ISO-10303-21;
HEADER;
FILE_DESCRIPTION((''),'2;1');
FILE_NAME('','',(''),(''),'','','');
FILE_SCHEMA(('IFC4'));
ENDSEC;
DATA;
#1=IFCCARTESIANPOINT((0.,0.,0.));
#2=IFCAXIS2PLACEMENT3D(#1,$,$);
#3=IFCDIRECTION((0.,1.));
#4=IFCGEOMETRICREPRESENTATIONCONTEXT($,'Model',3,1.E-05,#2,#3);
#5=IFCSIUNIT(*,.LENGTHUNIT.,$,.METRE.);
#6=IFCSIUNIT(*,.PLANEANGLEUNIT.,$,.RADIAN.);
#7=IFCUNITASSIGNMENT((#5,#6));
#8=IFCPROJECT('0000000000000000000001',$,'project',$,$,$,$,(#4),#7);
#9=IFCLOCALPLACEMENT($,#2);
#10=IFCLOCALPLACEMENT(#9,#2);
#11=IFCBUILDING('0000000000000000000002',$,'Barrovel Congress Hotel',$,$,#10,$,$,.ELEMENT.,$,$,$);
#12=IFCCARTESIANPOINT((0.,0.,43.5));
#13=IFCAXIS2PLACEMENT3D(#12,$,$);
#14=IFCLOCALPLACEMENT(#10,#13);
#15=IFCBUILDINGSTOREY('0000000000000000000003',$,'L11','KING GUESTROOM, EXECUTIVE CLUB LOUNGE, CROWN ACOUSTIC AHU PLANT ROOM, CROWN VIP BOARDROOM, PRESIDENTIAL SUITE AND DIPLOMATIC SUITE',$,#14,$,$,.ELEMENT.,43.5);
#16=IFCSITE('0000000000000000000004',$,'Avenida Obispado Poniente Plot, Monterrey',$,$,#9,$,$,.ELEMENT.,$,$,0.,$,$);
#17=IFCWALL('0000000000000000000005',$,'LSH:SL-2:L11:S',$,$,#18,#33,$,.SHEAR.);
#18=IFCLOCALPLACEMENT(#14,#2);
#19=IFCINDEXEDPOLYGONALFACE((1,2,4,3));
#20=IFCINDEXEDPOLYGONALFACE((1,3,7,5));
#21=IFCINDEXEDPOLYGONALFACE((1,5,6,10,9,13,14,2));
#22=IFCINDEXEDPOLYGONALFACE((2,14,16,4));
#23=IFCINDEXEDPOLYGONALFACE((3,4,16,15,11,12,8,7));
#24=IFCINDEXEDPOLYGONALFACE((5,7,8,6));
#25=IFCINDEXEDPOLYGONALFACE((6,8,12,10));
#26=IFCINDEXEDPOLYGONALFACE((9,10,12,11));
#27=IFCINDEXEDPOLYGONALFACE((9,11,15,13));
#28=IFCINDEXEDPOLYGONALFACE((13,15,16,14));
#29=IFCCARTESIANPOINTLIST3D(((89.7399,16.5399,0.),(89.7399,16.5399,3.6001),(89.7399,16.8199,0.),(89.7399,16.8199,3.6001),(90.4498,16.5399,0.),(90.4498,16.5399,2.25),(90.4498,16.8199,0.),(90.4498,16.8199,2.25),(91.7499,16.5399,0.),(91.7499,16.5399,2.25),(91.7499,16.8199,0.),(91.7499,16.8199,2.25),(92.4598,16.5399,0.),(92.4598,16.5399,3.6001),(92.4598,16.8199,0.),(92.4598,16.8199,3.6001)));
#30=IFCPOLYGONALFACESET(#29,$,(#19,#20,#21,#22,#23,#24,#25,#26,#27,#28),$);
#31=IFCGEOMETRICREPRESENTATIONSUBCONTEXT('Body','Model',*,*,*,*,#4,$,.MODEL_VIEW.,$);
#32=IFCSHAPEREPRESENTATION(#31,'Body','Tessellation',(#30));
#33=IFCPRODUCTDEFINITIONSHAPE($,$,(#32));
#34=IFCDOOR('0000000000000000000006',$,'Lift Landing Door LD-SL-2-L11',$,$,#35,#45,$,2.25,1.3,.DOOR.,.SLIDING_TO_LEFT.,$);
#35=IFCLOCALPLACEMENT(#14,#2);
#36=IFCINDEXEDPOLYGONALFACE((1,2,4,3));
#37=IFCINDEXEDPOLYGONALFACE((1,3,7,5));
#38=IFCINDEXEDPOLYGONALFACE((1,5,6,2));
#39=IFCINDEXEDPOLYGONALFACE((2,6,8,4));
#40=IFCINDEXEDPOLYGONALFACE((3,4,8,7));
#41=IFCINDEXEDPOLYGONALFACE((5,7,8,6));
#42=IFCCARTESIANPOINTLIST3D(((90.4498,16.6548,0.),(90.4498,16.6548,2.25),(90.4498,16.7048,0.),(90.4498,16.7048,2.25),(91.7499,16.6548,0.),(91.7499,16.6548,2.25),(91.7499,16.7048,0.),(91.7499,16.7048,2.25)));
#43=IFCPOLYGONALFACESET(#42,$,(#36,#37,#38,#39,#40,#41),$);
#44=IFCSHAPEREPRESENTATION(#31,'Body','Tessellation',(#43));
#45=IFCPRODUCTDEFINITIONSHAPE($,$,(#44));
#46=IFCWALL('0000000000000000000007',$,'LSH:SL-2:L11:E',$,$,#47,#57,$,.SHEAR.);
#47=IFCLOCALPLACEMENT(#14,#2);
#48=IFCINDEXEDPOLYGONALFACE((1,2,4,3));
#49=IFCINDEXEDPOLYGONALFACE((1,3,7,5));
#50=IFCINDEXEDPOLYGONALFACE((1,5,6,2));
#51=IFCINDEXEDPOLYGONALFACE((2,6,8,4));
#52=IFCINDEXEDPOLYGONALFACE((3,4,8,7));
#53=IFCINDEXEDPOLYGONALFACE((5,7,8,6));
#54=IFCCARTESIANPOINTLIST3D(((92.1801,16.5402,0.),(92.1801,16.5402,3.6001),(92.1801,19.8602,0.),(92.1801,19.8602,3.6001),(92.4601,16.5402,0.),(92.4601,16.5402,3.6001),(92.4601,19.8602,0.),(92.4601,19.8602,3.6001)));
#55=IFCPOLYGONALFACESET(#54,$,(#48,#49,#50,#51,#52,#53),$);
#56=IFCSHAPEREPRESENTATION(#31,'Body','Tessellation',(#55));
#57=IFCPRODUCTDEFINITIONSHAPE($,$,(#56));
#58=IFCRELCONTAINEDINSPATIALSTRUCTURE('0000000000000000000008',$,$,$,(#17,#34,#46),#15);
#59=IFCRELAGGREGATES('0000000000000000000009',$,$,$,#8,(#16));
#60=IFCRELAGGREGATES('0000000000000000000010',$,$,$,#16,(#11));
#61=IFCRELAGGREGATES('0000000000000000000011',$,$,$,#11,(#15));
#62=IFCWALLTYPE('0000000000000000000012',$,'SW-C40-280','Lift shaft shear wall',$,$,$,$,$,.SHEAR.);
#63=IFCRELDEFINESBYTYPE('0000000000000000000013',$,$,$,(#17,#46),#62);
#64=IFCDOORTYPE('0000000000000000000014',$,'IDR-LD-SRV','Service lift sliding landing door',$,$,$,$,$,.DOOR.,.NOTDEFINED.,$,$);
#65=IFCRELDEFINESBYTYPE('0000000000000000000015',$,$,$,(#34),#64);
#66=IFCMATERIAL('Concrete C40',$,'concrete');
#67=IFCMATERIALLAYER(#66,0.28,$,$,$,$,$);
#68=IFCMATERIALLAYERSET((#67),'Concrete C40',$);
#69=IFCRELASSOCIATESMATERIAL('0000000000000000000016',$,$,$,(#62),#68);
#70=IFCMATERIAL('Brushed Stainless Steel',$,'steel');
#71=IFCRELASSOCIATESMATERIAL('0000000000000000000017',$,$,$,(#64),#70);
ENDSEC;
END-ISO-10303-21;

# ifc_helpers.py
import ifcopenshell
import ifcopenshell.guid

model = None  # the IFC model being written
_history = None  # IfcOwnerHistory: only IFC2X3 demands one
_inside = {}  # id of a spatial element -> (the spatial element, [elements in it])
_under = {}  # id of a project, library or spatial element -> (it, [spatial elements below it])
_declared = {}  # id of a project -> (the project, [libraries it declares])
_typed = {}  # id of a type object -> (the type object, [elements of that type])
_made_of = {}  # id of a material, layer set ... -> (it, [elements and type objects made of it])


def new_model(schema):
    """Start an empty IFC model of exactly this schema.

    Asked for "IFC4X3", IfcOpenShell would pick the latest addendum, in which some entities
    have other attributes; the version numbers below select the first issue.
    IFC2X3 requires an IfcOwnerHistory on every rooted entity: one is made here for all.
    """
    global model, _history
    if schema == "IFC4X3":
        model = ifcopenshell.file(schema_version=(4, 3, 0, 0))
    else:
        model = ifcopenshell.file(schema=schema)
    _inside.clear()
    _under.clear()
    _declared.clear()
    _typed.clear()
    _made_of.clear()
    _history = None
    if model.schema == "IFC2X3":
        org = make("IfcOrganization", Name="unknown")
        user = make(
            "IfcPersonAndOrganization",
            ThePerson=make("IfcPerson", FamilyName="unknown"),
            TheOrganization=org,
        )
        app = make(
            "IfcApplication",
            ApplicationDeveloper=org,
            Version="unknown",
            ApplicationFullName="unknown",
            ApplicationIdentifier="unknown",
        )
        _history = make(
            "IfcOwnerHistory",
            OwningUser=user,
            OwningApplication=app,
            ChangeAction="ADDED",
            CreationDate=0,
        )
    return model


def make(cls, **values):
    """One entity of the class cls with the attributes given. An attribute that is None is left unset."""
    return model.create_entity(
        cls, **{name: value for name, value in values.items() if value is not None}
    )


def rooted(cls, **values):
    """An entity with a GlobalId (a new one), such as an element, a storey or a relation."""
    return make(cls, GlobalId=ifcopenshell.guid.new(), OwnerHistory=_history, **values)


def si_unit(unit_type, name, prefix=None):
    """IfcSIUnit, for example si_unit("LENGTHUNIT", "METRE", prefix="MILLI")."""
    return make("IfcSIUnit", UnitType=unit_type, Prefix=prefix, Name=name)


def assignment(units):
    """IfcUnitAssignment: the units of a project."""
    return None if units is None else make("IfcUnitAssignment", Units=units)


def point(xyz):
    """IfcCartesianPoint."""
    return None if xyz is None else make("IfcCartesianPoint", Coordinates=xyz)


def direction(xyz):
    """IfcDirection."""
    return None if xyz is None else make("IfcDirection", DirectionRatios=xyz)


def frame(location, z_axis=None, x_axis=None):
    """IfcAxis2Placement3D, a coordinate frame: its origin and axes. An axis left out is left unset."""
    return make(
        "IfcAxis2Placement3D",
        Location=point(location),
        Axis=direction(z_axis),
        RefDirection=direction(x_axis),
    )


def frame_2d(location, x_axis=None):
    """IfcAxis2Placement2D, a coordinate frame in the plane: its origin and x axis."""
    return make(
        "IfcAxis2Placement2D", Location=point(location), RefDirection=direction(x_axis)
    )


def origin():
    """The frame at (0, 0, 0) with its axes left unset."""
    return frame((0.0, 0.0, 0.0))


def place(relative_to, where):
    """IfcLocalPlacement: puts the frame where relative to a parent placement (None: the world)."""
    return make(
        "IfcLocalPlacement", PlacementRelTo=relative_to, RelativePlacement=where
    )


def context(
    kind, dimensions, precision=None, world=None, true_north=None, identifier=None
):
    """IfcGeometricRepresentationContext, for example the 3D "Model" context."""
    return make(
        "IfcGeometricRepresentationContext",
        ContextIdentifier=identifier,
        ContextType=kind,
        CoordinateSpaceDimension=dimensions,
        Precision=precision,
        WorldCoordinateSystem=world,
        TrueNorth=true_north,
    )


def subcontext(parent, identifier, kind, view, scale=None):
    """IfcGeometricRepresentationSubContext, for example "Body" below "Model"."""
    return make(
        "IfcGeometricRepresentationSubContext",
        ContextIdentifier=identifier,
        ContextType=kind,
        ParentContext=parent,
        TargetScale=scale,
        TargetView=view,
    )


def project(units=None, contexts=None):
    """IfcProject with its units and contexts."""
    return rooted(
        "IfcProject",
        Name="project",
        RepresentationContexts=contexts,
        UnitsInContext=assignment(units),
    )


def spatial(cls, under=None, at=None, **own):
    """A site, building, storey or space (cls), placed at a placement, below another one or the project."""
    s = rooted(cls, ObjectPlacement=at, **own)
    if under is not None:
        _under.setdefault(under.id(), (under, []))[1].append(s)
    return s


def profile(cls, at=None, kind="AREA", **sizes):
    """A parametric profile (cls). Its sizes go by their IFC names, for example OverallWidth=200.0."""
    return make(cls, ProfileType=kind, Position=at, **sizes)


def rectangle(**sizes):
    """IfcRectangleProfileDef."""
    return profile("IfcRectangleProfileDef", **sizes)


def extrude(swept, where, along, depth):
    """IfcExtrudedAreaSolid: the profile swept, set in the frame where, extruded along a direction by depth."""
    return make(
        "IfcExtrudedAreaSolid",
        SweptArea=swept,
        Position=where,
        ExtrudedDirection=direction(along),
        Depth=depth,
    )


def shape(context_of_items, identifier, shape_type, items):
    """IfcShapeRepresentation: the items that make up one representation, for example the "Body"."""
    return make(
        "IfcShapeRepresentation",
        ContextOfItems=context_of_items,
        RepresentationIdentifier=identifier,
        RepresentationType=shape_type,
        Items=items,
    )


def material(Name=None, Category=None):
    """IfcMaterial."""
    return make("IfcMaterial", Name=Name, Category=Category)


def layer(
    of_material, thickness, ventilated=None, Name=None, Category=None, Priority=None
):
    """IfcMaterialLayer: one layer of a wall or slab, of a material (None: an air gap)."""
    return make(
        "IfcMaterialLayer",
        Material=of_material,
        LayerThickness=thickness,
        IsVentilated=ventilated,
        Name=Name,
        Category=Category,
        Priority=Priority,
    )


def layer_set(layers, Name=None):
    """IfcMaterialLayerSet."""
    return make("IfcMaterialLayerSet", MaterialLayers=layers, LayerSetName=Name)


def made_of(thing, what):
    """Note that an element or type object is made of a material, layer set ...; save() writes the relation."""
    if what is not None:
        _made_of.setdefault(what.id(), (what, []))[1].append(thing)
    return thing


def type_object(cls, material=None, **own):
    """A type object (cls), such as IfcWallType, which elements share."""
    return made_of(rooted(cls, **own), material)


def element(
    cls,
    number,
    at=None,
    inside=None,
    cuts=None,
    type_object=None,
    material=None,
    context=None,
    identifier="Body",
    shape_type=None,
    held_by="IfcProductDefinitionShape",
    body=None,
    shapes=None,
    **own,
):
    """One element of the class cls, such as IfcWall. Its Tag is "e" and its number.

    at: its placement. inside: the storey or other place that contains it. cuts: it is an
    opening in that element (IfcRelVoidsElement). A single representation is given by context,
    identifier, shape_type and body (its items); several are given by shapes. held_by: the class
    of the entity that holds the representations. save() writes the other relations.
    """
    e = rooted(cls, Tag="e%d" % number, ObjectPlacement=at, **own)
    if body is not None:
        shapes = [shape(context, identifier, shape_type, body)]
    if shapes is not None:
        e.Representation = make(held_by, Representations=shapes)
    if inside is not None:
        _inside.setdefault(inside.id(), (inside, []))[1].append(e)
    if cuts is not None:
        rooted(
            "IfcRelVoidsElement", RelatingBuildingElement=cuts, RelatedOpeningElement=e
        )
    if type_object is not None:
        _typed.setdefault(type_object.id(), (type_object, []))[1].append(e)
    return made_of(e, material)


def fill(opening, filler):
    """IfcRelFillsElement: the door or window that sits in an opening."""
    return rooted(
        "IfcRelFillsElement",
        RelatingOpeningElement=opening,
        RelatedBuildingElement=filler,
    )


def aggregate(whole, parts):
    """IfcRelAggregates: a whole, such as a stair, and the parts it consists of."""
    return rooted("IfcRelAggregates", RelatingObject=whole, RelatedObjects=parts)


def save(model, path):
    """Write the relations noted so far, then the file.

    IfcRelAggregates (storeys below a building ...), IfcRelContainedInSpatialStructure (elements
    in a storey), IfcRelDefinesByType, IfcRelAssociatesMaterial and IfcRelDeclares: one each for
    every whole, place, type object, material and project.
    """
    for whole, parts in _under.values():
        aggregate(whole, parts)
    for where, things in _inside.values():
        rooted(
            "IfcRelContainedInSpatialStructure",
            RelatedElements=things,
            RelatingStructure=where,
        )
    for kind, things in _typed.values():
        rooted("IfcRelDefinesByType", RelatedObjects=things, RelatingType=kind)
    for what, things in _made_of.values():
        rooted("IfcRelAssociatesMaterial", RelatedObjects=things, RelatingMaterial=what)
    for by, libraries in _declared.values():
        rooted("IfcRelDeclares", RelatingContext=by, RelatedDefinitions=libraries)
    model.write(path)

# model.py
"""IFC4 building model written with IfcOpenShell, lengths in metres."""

from ifc_helpers import new_model, si_unit, direction, frame, frame_2d, origin, place, context, subcontext, project, spatial, rectangle, extrude, material, layer, layer_set, type_object, element, fill, save


model = new_model("IFC4")

# Units and contexts
model_context = context("Model", 3, precision=1e-05, world=origin(), true_north=direction((0.0, 1.0)))
body_context = subcontext(model_context, "Body", "Model", "MODEL_VIEW")
ifc_project = project(units=[si_unit("LENGTHUNIT", "METRE"), si_unit("PLANEANGLEUNIT", "RADIAN")], contexts=[model_context])

# Site, building, storey
site_placement = place(None, origin())
site = spatial("IfcSite", under=ifc_project, at=site_placement, Name="Avenida Obispado Poniente Plot, Monterrey", CompositionType="ELEMENT", RefElevation=0.0)
building_placement = place(site_placement, origin())
building = spatial("IfcBuilding", under=site, at=building_placement, Name="Barrovel Congress Hotel", CompositionType="ELEMENT")
storey_placement = place(building_placement, frame((0.0, 0.0, 43.5)))
storey = spatial("IfcBuildingStorey", under=building, at=storey_placement, Name="L11", Description="KING GUESTROOM, EXECUTIVE CLUB LOUNGE, CROWN ACOUSTIC AHU PLANT ROOM, CROWN VIP BOARDROOM, PRESIDENTIAL SUITE AND DIPLOMATIC SUITE", CompositionType="ELEMENT", Elevation=43.5)

# Shared definitions
ifc_material_1 = material(Name="Concrete C40", Category="concrete")

# Wall, opening, door
ifc_layer_1 = layer(ifc_material_1, 0.28)
ifc_layer_set_1 = layer_set([ifc_layer_1], Name="Concrete C40")
wall_type_1 = type_object("IfcWallType", Name="SW-C40-280", Description="Lift shaft shear wall", PredefinedType="SHEAR", material=ifc_layer_set_1)
wall_1_placement = place(storey_placement, frame((89.74, 16.6799, 0.0), z_axis=(0.0, 0.0, 1.0), x_axis=(1.0, 0.0, 0.0)))
wall_1 = element("IfcWall", 1, at=wall_1_placement, inside=storey, type_object=wall_type_1, Name="LSH:SL-2:L11:S", PredefinedType="SHEAR", context=body_context, shape_type="SweptSolid", body=[
    extrude(rectangle(XDim=2.72, YDim=0.28, at=frame_2d((1.3599, 0.0))), origin(), (0.0, 0.0, 1.0), 3.6001),
])
opening_1_placement = place(wall_1_placement, frame((0.71, 0.0, 0.0)))
opening_1 = element("IfcOpeningElement", 2, at=opening_1_placement, cuts=wall_1, PredefinedType="OPENING", context=body_context, shape_type="SweptSolid", body=[
    extrude(rectangle(XDim=1.3, YDim=2.25, at=frame_2d((0.6499, 1.125))), frame((0.0, 0.1499, 0.0), z_axis=(0.0, -1.0, 0.0), x_axis=(1.0, 0.0, 0.0)), (0.0, 0.0, 1.0), 0.3),
])
ifc_material_2 = material(Name="Brushed Stainless Steel", Category="steel")
door_type_1 = type_object("IfcDoorType", Name="IDR-LD-SRV", Description="Service lift sliding landing door", OperationType="NOTDEFINED", PredefinedType="DOOR", material=ifc_material_2)
door_1_placement = place(opening_1_placement, origin())
door_1 = element("IfcDoor", 3, at=door_1_placement, inside=storey, type_object=door_type_1, Name="Lift Landing Door LD-SL-2-L11", OperationType="SLIDING_TO_LEFT", OverallHeight=2.25, OverallWidth=1.3, PredefinedType="DOOR", context=body_context, shape_type="SweptSolid", body=[
    extrude(rectangle(XDim=1.3, YDim=2.25, at=frame_2d((0.6499, 1.125))), frame((0.0, 0.0249, 0.0), z_axis=(0.0, -1.0, 0.0), x_axis=(1.0, 0.0, 0.0)), (0.0, 0.0, 1.0), 0.05),
])
fill(opening_1, door_1)

# Wall
wall_2_placement = place(storey_placement, frame((92.3201, 16.54, 0.0), z_axis=(0.0, 0.0, 1.0), x_axis=(0.0, 1.0, 0.0)))
element("IfcWall", 4, at=wall_2_placement, inside=storey, type_object=wall_type_1, Name="LSH:SL-2:L11:E", PredefinedType="SHEAR", context=body_context, shape_type="SweptSolid", body=[
    extrude(rectangle(XDim=3.3201, YDim=0.28, at=frame_2d((1.6602, 0.0))), origin(), (0.0, 0.0, 1.0), 3.6001),
])

save(model, "model.ifc")
